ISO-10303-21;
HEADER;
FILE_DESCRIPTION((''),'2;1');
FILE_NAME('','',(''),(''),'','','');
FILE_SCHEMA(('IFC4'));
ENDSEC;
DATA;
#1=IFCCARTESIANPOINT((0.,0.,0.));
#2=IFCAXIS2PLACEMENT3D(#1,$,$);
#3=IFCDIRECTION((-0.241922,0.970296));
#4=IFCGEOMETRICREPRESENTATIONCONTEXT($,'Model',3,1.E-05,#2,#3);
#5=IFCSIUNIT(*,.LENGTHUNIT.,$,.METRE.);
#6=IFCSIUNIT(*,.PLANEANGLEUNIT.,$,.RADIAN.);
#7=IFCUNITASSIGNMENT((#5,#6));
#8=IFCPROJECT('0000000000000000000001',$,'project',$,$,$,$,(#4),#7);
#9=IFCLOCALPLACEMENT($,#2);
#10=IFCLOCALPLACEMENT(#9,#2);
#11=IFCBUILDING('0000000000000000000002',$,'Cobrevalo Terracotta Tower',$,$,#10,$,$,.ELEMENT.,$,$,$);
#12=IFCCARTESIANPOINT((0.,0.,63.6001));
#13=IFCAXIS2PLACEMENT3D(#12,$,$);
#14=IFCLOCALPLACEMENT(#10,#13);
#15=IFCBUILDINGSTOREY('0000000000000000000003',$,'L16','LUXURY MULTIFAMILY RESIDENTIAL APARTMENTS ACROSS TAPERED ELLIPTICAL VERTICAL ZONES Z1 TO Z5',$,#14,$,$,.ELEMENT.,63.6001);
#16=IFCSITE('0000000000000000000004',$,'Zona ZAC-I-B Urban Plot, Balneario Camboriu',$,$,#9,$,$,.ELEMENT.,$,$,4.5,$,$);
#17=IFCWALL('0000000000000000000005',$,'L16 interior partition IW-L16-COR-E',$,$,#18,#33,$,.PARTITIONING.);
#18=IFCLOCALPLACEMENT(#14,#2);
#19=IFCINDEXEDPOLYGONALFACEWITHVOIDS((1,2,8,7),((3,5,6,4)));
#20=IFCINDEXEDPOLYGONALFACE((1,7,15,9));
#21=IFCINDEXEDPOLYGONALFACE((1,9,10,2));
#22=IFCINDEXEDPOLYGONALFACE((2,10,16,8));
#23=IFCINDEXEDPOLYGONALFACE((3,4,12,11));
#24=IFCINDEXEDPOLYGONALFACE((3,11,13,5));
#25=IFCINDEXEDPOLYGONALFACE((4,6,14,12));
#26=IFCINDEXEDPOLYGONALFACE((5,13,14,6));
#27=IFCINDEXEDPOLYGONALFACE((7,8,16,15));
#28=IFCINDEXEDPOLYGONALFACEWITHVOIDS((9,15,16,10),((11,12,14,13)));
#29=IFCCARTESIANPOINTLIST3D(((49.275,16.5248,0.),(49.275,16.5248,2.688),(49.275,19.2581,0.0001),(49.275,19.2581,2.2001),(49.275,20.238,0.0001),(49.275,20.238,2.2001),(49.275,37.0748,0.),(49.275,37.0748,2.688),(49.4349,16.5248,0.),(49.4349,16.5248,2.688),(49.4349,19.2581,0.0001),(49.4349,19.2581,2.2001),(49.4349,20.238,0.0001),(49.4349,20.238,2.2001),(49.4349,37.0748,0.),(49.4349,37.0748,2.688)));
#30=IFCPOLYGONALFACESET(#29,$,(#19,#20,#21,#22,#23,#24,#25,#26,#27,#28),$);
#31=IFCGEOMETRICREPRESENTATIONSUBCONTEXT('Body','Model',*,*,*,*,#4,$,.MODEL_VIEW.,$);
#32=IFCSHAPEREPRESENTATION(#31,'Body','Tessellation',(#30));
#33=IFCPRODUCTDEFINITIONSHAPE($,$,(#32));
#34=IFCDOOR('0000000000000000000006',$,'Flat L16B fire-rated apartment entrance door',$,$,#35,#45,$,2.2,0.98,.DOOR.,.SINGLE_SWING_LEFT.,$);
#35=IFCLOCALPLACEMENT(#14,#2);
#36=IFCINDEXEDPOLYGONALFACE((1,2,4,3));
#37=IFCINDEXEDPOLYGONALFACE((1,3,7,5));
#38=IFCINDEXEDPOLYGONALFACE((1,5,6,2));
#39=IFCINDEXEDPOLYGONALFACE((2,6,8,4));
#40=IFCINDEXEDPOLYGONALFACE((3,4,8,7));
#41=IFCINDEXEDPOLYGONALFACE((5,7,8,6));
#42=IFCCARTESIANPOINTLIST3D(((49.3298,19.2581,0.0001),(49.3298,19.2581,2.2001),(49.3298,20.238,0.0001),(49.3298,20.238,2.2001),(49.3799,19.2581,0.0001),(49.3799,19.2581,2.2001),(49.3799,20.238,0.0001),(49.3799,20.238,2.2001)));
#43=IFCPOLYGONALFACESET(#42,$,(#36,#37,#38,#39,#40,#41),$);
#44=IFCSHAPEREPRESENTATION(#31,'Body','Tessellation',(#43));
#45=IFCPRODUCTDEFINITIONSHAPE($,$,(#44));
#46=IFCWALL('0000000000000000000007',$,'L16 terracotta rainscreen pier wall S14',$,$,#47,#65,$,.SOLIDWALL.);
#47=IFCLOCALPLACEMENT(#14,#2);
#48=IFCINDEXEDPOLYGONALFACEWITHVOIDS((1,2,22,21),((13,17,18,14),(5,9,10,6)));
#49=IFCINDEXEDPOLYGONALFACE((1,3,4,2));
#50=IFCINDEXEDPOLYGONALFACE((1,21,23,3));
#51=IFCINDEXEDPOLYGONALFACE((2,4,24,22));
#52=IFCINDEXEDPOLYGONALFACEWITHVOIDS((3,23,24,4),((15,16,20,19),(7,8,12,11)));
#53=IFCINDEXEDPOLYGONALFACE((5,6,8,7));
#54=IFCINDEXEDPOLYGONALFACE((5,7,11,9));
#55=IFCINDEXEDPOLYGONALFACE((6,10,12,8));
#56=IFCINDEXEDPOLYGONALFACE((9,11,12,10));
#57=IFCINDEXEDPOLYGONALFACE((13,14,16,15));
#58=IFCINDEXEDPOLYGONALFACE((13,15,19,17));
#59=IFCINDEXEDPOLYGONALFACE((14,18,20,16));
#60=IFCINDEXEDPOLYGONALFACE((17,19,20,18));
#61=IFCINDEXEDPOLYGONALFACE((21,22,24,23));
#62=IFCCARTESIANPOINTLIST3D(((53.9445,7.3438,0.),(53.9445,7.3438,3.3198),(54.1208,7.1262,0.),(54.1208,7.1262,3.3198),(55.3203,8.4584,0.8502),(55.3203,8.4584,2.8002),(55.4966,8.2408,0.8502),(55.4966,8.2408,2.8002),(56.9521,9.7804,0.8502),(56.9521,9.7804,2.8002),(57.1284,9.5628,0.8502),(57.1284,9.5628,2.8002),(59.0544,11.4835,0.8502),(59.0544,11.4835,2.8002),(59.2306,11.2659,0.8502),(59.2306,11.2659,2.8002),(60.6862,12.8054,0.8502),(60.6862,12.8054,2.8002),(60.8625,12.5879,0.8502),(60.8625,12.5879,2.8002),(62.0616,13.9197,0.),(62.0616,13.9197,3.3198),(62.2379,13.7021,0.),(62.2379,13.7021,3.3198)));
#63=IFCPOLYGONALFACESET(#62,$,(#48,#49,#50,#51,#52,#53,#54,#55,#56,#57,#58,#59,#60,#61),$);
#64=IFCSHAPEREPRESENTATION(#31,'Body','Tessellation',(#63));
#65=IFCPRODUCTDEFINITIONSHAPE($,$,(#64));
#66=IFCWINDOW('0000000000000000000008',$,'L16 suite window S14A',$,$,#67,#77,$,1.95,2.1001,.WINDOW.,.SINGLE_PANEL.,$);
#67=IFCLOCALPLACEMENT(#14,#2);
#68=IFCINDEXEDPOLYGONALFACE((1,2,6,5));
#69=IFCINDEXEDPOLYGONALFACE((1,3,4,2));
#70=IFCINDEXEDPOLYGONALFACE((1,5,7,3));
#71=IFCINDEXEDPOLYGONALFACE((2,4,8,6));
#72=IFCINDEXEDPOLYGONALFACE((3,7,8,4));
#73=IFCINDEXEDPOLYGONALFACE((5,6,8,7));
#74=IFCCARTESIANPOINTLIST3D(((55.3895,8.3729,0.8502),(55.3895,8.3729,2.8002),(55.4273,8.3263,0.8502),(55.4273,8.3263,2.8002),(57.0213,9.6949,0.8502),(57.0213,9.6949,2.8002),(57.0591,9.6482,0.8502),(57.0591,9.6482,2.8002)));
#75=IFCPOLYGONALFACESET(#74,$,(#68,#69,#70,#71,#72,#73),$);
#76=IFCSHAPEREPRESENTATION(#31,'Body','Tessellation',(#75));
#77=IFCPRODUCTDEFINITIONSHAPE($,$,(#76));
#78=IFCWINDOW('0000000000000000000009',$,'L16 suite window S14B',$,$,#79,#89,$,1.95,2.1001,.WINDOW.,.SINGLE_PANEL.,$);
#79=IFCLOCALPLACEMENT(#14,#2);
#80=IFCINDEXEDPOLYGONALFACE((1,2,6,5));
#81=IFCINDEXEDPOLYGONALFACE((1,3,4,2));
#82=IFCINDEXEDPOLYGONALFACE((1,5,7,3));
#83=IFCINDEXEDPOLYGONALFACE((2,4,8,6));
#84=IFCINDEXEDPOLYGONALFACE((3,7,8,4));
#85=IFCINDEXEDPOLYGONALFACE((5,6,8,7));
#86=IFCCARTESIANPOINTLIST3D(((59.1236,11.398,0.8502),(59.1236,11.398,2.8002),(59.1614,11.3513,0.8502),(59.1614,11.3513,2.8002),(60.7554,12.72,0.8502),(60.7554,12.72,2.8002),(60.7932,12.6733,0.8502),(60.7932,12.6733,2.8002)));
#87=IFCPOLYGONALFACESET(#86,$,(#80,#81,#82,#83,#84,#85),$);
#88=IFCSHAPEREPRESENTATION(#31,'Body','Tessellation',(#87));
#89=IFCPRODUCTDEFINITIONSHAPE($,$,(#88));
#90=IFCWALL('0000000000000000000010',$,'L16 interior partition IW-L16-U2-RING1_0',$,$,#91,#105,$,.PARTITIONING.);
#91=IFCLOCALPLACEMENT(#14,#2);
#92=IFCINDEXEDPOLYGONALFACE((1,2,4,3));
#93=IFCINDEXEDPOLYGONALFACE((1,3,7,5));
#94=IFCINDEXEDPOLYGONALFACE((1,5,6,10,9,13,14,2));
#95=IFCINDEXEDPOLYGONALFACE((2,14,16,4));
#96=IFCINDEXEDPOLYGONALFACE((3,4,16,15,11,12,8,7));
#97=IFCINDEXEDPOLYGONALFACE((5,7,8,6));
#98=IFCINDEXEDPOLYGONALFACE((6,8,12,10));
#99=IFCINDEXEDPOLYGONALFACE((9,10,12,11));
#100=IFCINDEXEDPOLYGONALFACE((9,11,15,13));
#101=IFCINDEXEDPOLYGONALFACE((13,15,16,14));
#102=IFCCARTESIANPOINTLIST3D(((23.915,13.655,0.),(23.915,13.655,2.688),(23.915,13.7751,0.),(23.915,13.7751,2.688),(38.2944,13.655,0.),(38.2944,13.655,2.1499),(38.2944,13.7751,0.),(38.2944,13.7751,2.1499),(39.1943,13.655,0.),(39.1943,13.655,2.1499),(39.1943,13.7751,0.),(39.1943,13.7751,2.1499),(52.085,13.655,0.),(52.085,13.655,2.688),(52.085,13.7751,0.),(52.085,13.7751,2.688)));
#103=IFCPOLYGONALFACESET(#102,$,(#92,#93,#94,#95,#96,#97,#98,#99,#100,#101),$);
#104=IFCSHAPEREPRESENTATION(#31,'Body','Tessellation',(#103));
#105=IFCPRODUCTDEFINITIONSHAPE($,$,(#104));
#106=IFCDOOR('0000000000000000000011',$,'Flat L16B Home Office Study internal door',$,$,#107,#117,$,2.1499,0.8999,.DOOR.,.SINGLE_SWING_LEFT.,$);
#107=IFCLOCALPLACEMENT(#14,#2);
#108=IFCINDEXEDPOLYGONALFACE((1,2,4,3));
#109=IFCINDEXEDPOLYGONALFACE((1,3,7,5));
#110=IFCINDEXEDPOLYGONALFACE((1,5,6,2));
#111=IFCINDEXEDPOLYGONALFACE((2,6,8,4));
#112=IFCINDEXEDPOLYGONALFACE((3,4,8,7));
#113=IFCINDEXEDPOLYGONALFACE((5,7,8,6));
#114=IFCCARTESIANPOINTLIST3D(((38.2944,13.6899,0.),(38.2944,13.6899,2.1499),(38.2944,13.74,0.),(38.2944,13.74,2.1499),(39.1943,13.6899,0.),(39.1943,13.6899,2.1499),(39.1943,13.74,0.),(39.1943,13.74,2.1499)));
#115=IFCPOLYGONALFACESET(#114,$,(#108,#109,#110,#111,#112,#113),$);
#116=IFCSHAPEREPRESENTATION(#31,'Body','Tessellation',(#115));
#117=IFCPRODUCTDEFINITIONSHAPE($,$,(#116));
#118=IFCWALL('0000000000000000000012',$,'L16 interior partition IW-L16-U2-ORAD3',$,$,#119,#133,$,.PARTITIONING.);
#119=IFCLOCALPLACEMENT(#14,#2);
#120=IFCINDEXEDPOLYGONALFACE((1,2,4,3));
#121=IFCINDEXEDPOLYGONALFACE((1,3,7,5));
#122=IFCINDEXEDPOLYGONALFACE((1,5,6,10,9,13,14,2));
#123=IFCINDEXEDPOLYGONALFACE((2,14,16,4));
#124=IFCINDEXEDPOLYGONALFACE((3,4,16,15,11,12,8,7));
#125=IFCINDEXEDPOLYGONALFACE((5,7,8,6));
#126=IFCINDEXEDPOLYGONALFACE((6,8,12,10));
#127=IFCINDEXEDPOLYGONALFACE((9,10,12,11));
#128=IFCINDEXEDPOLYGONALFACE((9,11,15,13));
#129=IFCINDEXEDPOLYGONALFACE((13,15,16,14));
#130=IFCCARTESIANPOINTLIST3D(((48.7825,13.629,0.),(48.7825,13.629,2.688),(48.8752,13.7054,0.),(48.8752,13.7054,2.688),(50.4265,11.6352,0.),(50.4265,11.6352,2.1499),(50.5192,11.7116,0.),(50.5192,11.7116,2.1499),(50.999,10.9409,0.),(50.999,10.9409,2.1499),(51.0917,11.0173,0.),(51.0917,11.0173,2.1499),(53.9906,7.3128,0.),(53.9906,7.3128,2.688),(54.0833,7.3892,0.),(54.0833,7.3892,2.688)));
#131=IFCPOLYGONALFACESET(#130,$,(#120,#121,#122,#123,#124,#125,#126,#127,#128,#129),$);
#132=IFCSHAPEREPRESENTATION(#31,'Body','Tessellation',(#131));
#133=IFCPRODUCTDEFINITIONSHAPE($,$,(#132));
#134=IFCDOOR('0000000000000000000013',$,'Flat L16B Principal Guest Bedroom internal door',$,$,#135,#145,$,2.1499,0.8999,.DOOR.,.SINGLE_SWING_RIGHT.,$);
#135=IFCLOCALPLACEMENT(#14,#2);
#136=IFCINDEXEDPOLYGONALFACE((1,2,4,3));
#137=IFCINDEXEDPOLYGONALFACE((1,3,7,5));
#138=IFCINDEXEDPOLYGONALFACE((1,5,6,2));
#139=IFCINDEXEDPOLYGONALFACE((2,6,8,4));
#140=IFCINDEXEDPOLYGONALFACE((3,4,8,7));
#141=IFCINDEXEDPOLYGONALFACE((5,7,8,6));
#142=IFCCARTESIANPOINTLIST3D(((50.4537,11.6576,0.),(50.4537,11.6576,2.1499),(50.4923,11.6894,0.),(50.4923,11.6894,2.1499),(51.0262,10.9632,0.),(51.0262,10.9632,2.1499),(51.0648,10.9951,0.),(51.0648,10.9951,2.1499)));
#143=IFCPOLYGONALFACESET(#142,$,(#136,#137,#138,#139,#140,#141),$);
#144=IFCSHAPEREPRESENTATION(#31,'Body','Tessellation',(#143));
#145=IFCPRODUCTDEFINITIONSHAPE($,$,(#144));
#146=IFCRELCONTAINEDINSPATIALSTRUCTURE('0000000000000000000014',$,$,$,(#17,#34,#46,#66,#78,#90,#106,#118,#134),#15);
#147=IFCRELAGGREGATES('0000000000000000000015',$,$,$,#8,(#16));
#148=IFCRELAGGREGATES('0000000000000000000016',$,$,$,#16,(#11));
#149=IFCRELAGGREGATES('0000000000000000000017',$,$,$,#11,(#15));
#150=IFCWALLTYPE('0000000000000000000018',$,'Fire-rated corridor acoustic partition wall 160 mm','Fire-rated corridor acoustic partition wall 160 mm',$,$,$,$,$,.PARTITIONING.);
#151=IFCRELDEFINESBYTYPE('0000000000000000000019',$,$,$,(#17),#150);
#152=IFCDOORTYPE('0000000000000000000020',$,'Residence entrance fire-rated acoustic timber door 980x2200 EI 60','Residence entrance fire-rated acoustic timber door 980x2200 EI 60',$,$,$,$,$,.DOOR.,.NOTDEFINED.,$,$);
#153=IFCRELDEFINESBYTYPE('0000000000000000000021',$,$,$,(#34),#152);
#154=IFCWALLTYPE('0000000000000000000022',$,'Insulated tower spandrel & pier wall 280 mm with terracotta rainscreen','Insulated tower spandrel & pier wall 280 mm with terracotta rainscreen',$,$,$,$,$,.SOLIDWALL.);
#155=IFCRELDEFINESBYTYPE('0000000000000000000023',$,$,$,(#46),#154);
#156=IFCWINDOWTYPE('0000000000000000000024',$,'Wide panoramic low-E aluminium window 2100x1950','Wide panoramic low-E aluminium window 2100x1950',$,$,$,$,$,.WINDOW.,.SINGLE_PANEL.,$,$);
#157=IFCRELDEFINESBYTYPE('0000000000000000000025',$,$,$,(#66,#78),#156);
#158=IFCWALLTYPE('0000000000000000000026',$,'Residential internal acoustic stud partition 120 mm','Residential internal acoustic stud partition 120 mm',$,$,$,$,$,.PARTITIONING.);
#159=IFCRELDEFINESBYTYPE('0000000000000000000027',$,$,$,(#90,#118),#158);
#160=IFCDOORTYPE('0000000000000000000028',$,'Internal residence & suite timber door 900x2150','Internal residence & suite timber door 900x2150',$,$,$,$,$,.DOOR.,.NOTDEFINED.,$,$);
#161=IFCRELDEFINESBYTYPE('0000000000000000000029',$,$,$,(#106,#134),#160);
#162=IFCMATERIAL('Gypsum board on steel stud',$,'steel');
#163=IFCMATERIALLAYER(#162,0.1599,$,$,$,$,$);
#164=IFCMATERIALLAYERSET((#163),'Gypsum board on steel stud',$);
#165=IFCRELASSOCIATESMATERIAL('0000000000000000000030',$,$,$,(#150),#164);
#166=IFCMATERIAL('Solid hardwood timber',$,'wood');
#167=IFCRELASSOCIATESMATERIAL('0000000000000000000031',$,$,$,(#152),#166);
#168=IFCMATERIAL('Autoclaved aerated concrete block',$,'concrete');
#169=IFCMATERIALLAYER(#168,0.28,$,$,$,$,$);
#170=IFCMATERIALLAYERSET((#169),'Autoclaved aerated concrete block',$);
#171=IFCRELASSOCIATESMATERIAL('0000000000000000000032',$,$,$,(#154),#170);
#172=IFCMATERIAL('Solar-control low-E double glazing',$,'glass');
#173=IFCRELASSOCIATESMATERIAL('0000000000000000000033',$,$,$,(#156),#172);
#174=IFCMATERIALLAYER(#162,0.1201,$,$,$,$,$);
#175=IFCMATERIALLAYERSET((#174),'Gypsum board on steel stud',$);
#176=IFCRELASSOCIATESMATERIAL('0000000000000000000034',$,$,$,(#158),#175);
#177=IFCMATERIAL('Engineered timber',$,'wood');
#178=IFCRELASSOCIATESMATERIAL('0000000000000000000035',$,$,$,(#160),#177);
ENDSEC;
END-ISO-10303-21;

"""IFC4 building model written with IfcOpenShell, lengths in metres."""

from ifc_helpers import new_model, si_unit, direction, frame, frame_2d, origin, place, context, subcontext, project, spatial, rectangle, extrude, source, transform, mapped, material, layer, layer_set, type_object, element, fill, save


model = new_model("IFC4")

# Units and contexts
model_context = context("Model", 3, precision=1e-05, world=origin(), true_north=direction((-0.241922, 0.970296)))
body_context = subcontext(model_context, "Body", "Model", "MODEL_VIEW")
ifc_project = project(units=[si_unit("LENGTHUNIT", "METRE"), si_unit("PLANEANGLEUNIT", "RADIAN")], contexts=[model_context])

# Site, building, storey
site_placement = place(None, origin())
site = spatial("IfcSite", under=ifc_project, at=site_placement, Name="Zona ZAC-I-B Urban Plot, Balneario Camboriu", CompositionType="ELEMENT", RefElevation=4.5)
building_placement = place(site_placement, origin())
building = spatial("IfcBuilding", under=site, at=building_placement, Name="Cobrevalo Terracotta Tower", CompositionType="ELEMENT")
storey_placement = place(building_placement, frame((0.0, 0.0, 63.6001)))
storey = spatial("IfcBuildingStorey", under=building, at=storey_placement, Name="L16", Description="LUXURY MULTIFAMILY RESIDENTIAL APARTMENTS ACROSS TAPERED ELLIPTICAL VERTICAL ZONES Z1 TO Z5", CompositionType="ELEMENT", Elevation=63.6001)

# Shared definitions
ifc_material_1 = material(Name="Solar-control low-E double glazing", Category="glass")

# Wall, opening, door
ifc_material_2 = material(Name="Gypsum board on steel stud", Category="steel")
ifc_layer_1 = layer(ifc_material_2, 0.1599)
ifc_layer_set_1 = layer_set([ifc_layer_1], Name="Gypsum board on steel stud")
wall_type_1 = type_object("IfcWallType", Name="Fire-rated corridor acoustic partition wall 160 mm", Description="Fire-rated corridor acoustic partition wall 160 mm", PredefinedType="PARTITIONING", material=ifc_layer_set_1)
wall_1_placement = place(storey_placement, frame((49.355, 16.5249, 0.0), z_axis=(0.0, 0.0, 1.0), x_axis=(0.0, 1.0, 0.0)))
wall_1 = element("IfcWall", 1, at=wall_1_placement, inside=storey, type_object=wall_type_1, Name="L16 interior partition IW-L16-COR-E", PredefinedType="PARTITIONING", context=body_context, shape_type="SweptSolid", body=[
    extrude(rectangle(XDim=20.55, YDim=0.1599, at=frame_2d((10.2749, 0.0))), origin(), (0.0, 0.0, 1.0), 2.688),
])
opening_1_placement = place(wall_1_placement, frame((2.7332, 0.0, 0.0)))
opening_1 = element("IfcOpeningElement", 2, at=opening_1_placement, cuts=wall_1, PredefinedType="OPENING", context=body_context, shape_type="SweptSolid", body=[
    extrude(rectangle(XDim=0.98, YDim=2.2, at=frame_2d((0.49, 1.1001))), frame((0.0, 0.0898, 0.0), z_axis=(0.0, -1.0, 0.0), x_axis=(1.0, 0.0, 0.0)), (0.0, 0.0, 1.0), 0.1799),
])
ifc_material_3 = material(Name="Solid hardwood timber", Category="wood")
door_type_1 = type_object("IfcDoorType", Name="Residence entrance fire-rated acoustic timber door 980x2200 EI 60", Description="Residence entrance fire-rated acoustic timber door 980x2200 EI 60", OperationType="NOTDEFINED", PredefinedType="DOOR", material=ifc_material_3)
shared_shape_1 = source(origin(), body_context, "Body", "SweptSolid", [
    extrude(rectangle(XDim=0.98, YDim=2.2, at=frame_2d((0.49, 1.1001))), frame((0.0, 0.0249, 0.0), z_axis=(0.0, -1.0, 0.0), x_axis=(1.0, 0.0, 0.0)), (0.0, 0.0, 1.0), 0.05),
])
door_1_placement = place(opening_1_placement, frame((0.98, 0.0, 0.0), z_axis=(0.0, 0.0, 1.0), x_axis=(-1.0, 0.0, 0.0)))
door_1 = element("IfcDoor", 3, at=door_1_placement, inside=storey, type_object=door_type_1, Name="Flat L16B fire-rated apartment entrance door", OperationType="SINGLE_SWING_LEFT", OverallHeight=2.2, OverallWidth=0.98, PredefinedType="DOOR", context=body_context, shape_type="MappedRepresentation", body=[
    mapped(shared_shape_1, transform((0.0, 0.0, 0.0), scale=1.0)),
])
fill(opening_1, door_1)

# Wall, openings, windows
ifc_material_4 = material(Name="Autoclaved aerated concrete block", Category="concrete")
ifc_layer_2 = layer(ifc_material_4, 0.28)
ifc_layer_set_2 = layer_set([ifc_layer_2], Name="Autoclaved aerated concrete block")
wall_type_2 = type_object("IfcWallType", Name="Insulated tower spandrel & pier wall 280 mm with terracotta rainscreen", Description="Insulated tower spandrel & pier wall 280 mm with terracotta rainscreen", PredefinedType="SOLIDWALL", material=ifc_layer_set_2)
wall_2_placement = place(storey_placement, frame((54.0327, 7.2351, 0.0), z_axis=(0.0, 0.0, 1.0), x_axis=(0.777017, 0.62948, 0.0)))
wall_2 = element("IfcWall", 4, at=wall_2_placement, inside=storey, type_object=wall_type_2, Name="L16 terracotta rainscreen pier wall S14", PredefinedType="SOLIDWALL", context=body_context, shape_type="SweptSolid", body=[
    extrude(rectangle(XDim=10.4465, YDim=0.28, at=frame_2d((5.2231, 0.0))), origin(), (0.0, 0.0, 1.0), 3.3198),
])
opening_2_placement = place(wall_2_placement, frame((1.7705, 0.0, 0.8501)))
opening_2 = element("IfcOpeningElement", 5, at=opening_2_placement, cuts=wall_2, PredefinedType="OPENING", context=body_context, shape_type="SweptSolid", body=[
    extrude(rectangle(XDim=2.1001, YDim=1.95, at=frame_2d((1.05, 0.9751))), frame((0.0, 0.1499, 0.0), z_axis=(0.0, -1.0, 0.0), x_axis=(1.0, 0.0, 0.0)), (0.0, 0.0, 1.0), 0.3),
])
opening_3_placement = place(wall_2_placement, frame((6.5762, 0.0, 0.8501)))
opening_3 = element("IfcOpeningElement", 6, at=opening_3_placement, cuts=wall_2, PredefinedType="OPENING", context=body_context, shape_type="SweptSolid", body=[
    extrude(rectangle(XDim=2.1001, YDim=1.95, at=frame_2d((1.05, 0.9751))), frame((0.0, 0.1499, 0.0), z_axis=(0.0, -1.0, 0.0), x_axis=(1.0, 0.0, 0.0)), (0.0, 0.0, 1.0), 0.3),
])
window_type = type_object("IfcWindowType", Name="Wide panoramic low-E aluminium window 2100x1950", Description="Wide panoramic low-E aluminium window 2100x1950", PartitioningType="SINGLE_PANEL", PredefinedType="WINDOW", material=ifc_material_1)
shared_shape_2 = source(origin(), body_context, "Body", "SweptSolid", [
    extrude(rectangle(XDim=2.1001, YDim=1.95, at=frame_2d((1.05, 0.9751))), frame((0.0, 0.03, 0.0), z_axis=(0.0, -1.0, 0.0), x_axis=(1.0, 0.0, 0.0)), (0.0, 0.0, 1.0), 0.0601),
])
window_1_placement = place(opening_2_placement, origin())
window_1 = element("IfcWindow", 7, at=window_1_placement, inside=storey, type_object=window_type, Name="L16 suite window S14A", OverallHeight=1.95, OverallWidth=2.1001, PartitioningType="SINGLE_PANEL", PredefinedType="WINDOW", context=body_context, shape_type="MappedRepresentation", body=[
    mapped(shared_shape_2, transform((0.0, 0.0, 0.0), scale=1.0)),
])
fill(opening_2, window_1)
window_2_placement = place(opening_3_placement, origin())
window_2 = element("IfcWindow", 8, at=window_2_placement, inside=storey, type_object=window_type, Name="L16 suite window S14B", OverallHeight=1.95, OverallWidth=2.1001, PartitioningType="SINGLE_PANEL", PredefinedType="WINDOW", context=body_context, shape_type="MappedRepresentation", body=[
    mapped(shared_shape_2, transform((0.0, 0.0, 0.0), scale=1.0)),
])
fill(opening_3, window_2)

# Walls, openings, doors
ifc_layer_3 = layer(ifc_material_2, 0.1201)
ifc_layer_set_3 = layer_set([ifc_layer_3], Name="Gypsum board on steel stud")
wall_type_3 = type_object("IfcWallType", Name="Residential internal acoustic stud partition 120 mm", Description="Residential internal acoustic stud partition 120 mm", PredefinedType="PARTITIONING", material=ifc_layer_set_3)
wall_3_placement = place(storey_placement, frame((52.085, 13.7151, 0.0), z_axis=(0.0, 0.0, 1.0), x_axis=(-1.0, 0.0, 0.0)))
wall_3 = element("IfcWall", 9, at=wall_3_placement, inside=storey, type_object=wall_type_3, Name="L16 interior partition IW-L16-U2-RING1_0", PredefinedType="PARTITIONING", context=body_context, shape_type="SweptSolid", body=[
    extrude(rectangle(XDim=28.1699, YDim=0.1201, at=frame_2d((14.085, 0.0))), origin(), (0.0, 0.0, 1.0), 2.688),
])
opening_4_placement = place(wall_3_placement, frame((12.8906, 0.0, 0.0)))
opening_4 = element("IfcOpeningElement", 10, at=opening_4_placement, cuts=wall_3, PredefinedType="OPENING", context=body_context, shape_type="SweptSolid", body=[
    extrude(rectangle(XDim=0.8999, YDim=2.1499, at=frame_2d((0.45, 1.075))), frame((0.0, 0.0701, 0.0), z_axis=(0.0, -1.0, 0.0), x_axis=(1.0, 0.0, 0.0)), (0.0, 0.0, 1.0), 0.1401),
])
ifc_material_5 = material(Name="Engineered timber", Category="wood")
door_type_2 = type_object("IfcDoorType", Name="Internal residence & suite timber door 900x2150", Description="Internal residence & suite timber door 900x2150", OperationType="NOTDEFINED", PredefinedType="DOOR", material=ifc_material_5)
shared_shape_3 = source(origin(), body_context, "Body", "SweptSolid", [
    extrude(rectangle(XDim=0.8999, YDim=2.1499, at=frame_2d((0.45, 1.075))), frame((0.0, 0.0249, 0.0), z_axis=(0.0, -1.0, 0.0), x_axis=(1.0, 0.0, 0.0)), (0.0, 0.0, 1.0), 0.05),
])
door_2_placement = place(opening_4_placement, frame((0.8999, 0.0, 0.0), z_axis=(0.0, 0.0, 1.0), x_axis=(-1.0, 0.0, 0.0)))
door_2 = element("IfcDoor", 11, at=door_2_placement, inside=storey, type_object=door_type_2, Name="Flat L16B Home Office Study internal door", OperationType="SINGLE_SWING_LEFT", OverallHeight=2.1499, OverallWidth=0.8999, PredefinedType="DOOR", context=body_context, shape_type="MappedRepresentation", body=[
    mapped(shared_shape_3, transform((0.0, 0.0, 0.0), scale=1.0)),
])
fill(opening_4, door_2)
wall_4_placement = place(storey_placement, frame((48.8289, 13.6672, 0.0), z_axis=(0.0, 0.0, 1.0), x_axis=(0.636178, -0.771543, 0.0)))
wall_4 = element("IfcWall", 12, at=wall_4_placement, inside=storey, type_object=wall_type_3, Name="L16 interior partition IW-L16-U2-ORAD3", PredefinedType="PARTITIONING", context=body_context, shape_type="SweptSolid", body=[
    extrude(rectangle(XDim=8.1865, YDim=0.1201, at=frame_2d((4.0933, 0.0))), origin(), (0.0, 0.0, 1.0), 2.688),
])
opening_5_placement = place(wall_4_placement, frame((2.5842, 0.0, 0.0)))
opening_5 = element("IfcOpeningElement", 13, at=opening_5_placement, cuts=wall_4, PredefinedType="OPENING", context=body_context, shape_type="SweptSolid", body=[
    extrude(rectangle(XDim=0.8999, YDim=2.1499, at=frame_2d((0.45, 1.075))), frame((0.0, 0.0701, 0.0), z_axis=(0.0, -1.0, 0.0), x_axis=(1.0, 0.0, 0.0)), (0.0, 0.0, 1.0), 0.1401),
])
door_3_placement = place(opening_5_placement, frame((0.8999, 0.0, 0.0), z_axis=(0.0, 0.0, 1.0), x_axis=(-1.0, 0.0, 0.0)))
door_3 = element("IfcDoor", 14, at=door_3_placement, inside=storey, type_object=door_type_2, Name="Flat L16B Principal Guest Bedroom internal door", OperationType="SINGLE_SWING_RIGHT", OverallHeight=2.1499, OverallWidth=0.8999, PredefinedType="DOOR", context=body_context, shape_type="MappedRepresentation", body=[
    mapped(shared_shape_3, transform((0.0, 0.0, 0.0), scale=1.0)),
])
fill(opening_5, door_3)

save(model, "model.ifc")
